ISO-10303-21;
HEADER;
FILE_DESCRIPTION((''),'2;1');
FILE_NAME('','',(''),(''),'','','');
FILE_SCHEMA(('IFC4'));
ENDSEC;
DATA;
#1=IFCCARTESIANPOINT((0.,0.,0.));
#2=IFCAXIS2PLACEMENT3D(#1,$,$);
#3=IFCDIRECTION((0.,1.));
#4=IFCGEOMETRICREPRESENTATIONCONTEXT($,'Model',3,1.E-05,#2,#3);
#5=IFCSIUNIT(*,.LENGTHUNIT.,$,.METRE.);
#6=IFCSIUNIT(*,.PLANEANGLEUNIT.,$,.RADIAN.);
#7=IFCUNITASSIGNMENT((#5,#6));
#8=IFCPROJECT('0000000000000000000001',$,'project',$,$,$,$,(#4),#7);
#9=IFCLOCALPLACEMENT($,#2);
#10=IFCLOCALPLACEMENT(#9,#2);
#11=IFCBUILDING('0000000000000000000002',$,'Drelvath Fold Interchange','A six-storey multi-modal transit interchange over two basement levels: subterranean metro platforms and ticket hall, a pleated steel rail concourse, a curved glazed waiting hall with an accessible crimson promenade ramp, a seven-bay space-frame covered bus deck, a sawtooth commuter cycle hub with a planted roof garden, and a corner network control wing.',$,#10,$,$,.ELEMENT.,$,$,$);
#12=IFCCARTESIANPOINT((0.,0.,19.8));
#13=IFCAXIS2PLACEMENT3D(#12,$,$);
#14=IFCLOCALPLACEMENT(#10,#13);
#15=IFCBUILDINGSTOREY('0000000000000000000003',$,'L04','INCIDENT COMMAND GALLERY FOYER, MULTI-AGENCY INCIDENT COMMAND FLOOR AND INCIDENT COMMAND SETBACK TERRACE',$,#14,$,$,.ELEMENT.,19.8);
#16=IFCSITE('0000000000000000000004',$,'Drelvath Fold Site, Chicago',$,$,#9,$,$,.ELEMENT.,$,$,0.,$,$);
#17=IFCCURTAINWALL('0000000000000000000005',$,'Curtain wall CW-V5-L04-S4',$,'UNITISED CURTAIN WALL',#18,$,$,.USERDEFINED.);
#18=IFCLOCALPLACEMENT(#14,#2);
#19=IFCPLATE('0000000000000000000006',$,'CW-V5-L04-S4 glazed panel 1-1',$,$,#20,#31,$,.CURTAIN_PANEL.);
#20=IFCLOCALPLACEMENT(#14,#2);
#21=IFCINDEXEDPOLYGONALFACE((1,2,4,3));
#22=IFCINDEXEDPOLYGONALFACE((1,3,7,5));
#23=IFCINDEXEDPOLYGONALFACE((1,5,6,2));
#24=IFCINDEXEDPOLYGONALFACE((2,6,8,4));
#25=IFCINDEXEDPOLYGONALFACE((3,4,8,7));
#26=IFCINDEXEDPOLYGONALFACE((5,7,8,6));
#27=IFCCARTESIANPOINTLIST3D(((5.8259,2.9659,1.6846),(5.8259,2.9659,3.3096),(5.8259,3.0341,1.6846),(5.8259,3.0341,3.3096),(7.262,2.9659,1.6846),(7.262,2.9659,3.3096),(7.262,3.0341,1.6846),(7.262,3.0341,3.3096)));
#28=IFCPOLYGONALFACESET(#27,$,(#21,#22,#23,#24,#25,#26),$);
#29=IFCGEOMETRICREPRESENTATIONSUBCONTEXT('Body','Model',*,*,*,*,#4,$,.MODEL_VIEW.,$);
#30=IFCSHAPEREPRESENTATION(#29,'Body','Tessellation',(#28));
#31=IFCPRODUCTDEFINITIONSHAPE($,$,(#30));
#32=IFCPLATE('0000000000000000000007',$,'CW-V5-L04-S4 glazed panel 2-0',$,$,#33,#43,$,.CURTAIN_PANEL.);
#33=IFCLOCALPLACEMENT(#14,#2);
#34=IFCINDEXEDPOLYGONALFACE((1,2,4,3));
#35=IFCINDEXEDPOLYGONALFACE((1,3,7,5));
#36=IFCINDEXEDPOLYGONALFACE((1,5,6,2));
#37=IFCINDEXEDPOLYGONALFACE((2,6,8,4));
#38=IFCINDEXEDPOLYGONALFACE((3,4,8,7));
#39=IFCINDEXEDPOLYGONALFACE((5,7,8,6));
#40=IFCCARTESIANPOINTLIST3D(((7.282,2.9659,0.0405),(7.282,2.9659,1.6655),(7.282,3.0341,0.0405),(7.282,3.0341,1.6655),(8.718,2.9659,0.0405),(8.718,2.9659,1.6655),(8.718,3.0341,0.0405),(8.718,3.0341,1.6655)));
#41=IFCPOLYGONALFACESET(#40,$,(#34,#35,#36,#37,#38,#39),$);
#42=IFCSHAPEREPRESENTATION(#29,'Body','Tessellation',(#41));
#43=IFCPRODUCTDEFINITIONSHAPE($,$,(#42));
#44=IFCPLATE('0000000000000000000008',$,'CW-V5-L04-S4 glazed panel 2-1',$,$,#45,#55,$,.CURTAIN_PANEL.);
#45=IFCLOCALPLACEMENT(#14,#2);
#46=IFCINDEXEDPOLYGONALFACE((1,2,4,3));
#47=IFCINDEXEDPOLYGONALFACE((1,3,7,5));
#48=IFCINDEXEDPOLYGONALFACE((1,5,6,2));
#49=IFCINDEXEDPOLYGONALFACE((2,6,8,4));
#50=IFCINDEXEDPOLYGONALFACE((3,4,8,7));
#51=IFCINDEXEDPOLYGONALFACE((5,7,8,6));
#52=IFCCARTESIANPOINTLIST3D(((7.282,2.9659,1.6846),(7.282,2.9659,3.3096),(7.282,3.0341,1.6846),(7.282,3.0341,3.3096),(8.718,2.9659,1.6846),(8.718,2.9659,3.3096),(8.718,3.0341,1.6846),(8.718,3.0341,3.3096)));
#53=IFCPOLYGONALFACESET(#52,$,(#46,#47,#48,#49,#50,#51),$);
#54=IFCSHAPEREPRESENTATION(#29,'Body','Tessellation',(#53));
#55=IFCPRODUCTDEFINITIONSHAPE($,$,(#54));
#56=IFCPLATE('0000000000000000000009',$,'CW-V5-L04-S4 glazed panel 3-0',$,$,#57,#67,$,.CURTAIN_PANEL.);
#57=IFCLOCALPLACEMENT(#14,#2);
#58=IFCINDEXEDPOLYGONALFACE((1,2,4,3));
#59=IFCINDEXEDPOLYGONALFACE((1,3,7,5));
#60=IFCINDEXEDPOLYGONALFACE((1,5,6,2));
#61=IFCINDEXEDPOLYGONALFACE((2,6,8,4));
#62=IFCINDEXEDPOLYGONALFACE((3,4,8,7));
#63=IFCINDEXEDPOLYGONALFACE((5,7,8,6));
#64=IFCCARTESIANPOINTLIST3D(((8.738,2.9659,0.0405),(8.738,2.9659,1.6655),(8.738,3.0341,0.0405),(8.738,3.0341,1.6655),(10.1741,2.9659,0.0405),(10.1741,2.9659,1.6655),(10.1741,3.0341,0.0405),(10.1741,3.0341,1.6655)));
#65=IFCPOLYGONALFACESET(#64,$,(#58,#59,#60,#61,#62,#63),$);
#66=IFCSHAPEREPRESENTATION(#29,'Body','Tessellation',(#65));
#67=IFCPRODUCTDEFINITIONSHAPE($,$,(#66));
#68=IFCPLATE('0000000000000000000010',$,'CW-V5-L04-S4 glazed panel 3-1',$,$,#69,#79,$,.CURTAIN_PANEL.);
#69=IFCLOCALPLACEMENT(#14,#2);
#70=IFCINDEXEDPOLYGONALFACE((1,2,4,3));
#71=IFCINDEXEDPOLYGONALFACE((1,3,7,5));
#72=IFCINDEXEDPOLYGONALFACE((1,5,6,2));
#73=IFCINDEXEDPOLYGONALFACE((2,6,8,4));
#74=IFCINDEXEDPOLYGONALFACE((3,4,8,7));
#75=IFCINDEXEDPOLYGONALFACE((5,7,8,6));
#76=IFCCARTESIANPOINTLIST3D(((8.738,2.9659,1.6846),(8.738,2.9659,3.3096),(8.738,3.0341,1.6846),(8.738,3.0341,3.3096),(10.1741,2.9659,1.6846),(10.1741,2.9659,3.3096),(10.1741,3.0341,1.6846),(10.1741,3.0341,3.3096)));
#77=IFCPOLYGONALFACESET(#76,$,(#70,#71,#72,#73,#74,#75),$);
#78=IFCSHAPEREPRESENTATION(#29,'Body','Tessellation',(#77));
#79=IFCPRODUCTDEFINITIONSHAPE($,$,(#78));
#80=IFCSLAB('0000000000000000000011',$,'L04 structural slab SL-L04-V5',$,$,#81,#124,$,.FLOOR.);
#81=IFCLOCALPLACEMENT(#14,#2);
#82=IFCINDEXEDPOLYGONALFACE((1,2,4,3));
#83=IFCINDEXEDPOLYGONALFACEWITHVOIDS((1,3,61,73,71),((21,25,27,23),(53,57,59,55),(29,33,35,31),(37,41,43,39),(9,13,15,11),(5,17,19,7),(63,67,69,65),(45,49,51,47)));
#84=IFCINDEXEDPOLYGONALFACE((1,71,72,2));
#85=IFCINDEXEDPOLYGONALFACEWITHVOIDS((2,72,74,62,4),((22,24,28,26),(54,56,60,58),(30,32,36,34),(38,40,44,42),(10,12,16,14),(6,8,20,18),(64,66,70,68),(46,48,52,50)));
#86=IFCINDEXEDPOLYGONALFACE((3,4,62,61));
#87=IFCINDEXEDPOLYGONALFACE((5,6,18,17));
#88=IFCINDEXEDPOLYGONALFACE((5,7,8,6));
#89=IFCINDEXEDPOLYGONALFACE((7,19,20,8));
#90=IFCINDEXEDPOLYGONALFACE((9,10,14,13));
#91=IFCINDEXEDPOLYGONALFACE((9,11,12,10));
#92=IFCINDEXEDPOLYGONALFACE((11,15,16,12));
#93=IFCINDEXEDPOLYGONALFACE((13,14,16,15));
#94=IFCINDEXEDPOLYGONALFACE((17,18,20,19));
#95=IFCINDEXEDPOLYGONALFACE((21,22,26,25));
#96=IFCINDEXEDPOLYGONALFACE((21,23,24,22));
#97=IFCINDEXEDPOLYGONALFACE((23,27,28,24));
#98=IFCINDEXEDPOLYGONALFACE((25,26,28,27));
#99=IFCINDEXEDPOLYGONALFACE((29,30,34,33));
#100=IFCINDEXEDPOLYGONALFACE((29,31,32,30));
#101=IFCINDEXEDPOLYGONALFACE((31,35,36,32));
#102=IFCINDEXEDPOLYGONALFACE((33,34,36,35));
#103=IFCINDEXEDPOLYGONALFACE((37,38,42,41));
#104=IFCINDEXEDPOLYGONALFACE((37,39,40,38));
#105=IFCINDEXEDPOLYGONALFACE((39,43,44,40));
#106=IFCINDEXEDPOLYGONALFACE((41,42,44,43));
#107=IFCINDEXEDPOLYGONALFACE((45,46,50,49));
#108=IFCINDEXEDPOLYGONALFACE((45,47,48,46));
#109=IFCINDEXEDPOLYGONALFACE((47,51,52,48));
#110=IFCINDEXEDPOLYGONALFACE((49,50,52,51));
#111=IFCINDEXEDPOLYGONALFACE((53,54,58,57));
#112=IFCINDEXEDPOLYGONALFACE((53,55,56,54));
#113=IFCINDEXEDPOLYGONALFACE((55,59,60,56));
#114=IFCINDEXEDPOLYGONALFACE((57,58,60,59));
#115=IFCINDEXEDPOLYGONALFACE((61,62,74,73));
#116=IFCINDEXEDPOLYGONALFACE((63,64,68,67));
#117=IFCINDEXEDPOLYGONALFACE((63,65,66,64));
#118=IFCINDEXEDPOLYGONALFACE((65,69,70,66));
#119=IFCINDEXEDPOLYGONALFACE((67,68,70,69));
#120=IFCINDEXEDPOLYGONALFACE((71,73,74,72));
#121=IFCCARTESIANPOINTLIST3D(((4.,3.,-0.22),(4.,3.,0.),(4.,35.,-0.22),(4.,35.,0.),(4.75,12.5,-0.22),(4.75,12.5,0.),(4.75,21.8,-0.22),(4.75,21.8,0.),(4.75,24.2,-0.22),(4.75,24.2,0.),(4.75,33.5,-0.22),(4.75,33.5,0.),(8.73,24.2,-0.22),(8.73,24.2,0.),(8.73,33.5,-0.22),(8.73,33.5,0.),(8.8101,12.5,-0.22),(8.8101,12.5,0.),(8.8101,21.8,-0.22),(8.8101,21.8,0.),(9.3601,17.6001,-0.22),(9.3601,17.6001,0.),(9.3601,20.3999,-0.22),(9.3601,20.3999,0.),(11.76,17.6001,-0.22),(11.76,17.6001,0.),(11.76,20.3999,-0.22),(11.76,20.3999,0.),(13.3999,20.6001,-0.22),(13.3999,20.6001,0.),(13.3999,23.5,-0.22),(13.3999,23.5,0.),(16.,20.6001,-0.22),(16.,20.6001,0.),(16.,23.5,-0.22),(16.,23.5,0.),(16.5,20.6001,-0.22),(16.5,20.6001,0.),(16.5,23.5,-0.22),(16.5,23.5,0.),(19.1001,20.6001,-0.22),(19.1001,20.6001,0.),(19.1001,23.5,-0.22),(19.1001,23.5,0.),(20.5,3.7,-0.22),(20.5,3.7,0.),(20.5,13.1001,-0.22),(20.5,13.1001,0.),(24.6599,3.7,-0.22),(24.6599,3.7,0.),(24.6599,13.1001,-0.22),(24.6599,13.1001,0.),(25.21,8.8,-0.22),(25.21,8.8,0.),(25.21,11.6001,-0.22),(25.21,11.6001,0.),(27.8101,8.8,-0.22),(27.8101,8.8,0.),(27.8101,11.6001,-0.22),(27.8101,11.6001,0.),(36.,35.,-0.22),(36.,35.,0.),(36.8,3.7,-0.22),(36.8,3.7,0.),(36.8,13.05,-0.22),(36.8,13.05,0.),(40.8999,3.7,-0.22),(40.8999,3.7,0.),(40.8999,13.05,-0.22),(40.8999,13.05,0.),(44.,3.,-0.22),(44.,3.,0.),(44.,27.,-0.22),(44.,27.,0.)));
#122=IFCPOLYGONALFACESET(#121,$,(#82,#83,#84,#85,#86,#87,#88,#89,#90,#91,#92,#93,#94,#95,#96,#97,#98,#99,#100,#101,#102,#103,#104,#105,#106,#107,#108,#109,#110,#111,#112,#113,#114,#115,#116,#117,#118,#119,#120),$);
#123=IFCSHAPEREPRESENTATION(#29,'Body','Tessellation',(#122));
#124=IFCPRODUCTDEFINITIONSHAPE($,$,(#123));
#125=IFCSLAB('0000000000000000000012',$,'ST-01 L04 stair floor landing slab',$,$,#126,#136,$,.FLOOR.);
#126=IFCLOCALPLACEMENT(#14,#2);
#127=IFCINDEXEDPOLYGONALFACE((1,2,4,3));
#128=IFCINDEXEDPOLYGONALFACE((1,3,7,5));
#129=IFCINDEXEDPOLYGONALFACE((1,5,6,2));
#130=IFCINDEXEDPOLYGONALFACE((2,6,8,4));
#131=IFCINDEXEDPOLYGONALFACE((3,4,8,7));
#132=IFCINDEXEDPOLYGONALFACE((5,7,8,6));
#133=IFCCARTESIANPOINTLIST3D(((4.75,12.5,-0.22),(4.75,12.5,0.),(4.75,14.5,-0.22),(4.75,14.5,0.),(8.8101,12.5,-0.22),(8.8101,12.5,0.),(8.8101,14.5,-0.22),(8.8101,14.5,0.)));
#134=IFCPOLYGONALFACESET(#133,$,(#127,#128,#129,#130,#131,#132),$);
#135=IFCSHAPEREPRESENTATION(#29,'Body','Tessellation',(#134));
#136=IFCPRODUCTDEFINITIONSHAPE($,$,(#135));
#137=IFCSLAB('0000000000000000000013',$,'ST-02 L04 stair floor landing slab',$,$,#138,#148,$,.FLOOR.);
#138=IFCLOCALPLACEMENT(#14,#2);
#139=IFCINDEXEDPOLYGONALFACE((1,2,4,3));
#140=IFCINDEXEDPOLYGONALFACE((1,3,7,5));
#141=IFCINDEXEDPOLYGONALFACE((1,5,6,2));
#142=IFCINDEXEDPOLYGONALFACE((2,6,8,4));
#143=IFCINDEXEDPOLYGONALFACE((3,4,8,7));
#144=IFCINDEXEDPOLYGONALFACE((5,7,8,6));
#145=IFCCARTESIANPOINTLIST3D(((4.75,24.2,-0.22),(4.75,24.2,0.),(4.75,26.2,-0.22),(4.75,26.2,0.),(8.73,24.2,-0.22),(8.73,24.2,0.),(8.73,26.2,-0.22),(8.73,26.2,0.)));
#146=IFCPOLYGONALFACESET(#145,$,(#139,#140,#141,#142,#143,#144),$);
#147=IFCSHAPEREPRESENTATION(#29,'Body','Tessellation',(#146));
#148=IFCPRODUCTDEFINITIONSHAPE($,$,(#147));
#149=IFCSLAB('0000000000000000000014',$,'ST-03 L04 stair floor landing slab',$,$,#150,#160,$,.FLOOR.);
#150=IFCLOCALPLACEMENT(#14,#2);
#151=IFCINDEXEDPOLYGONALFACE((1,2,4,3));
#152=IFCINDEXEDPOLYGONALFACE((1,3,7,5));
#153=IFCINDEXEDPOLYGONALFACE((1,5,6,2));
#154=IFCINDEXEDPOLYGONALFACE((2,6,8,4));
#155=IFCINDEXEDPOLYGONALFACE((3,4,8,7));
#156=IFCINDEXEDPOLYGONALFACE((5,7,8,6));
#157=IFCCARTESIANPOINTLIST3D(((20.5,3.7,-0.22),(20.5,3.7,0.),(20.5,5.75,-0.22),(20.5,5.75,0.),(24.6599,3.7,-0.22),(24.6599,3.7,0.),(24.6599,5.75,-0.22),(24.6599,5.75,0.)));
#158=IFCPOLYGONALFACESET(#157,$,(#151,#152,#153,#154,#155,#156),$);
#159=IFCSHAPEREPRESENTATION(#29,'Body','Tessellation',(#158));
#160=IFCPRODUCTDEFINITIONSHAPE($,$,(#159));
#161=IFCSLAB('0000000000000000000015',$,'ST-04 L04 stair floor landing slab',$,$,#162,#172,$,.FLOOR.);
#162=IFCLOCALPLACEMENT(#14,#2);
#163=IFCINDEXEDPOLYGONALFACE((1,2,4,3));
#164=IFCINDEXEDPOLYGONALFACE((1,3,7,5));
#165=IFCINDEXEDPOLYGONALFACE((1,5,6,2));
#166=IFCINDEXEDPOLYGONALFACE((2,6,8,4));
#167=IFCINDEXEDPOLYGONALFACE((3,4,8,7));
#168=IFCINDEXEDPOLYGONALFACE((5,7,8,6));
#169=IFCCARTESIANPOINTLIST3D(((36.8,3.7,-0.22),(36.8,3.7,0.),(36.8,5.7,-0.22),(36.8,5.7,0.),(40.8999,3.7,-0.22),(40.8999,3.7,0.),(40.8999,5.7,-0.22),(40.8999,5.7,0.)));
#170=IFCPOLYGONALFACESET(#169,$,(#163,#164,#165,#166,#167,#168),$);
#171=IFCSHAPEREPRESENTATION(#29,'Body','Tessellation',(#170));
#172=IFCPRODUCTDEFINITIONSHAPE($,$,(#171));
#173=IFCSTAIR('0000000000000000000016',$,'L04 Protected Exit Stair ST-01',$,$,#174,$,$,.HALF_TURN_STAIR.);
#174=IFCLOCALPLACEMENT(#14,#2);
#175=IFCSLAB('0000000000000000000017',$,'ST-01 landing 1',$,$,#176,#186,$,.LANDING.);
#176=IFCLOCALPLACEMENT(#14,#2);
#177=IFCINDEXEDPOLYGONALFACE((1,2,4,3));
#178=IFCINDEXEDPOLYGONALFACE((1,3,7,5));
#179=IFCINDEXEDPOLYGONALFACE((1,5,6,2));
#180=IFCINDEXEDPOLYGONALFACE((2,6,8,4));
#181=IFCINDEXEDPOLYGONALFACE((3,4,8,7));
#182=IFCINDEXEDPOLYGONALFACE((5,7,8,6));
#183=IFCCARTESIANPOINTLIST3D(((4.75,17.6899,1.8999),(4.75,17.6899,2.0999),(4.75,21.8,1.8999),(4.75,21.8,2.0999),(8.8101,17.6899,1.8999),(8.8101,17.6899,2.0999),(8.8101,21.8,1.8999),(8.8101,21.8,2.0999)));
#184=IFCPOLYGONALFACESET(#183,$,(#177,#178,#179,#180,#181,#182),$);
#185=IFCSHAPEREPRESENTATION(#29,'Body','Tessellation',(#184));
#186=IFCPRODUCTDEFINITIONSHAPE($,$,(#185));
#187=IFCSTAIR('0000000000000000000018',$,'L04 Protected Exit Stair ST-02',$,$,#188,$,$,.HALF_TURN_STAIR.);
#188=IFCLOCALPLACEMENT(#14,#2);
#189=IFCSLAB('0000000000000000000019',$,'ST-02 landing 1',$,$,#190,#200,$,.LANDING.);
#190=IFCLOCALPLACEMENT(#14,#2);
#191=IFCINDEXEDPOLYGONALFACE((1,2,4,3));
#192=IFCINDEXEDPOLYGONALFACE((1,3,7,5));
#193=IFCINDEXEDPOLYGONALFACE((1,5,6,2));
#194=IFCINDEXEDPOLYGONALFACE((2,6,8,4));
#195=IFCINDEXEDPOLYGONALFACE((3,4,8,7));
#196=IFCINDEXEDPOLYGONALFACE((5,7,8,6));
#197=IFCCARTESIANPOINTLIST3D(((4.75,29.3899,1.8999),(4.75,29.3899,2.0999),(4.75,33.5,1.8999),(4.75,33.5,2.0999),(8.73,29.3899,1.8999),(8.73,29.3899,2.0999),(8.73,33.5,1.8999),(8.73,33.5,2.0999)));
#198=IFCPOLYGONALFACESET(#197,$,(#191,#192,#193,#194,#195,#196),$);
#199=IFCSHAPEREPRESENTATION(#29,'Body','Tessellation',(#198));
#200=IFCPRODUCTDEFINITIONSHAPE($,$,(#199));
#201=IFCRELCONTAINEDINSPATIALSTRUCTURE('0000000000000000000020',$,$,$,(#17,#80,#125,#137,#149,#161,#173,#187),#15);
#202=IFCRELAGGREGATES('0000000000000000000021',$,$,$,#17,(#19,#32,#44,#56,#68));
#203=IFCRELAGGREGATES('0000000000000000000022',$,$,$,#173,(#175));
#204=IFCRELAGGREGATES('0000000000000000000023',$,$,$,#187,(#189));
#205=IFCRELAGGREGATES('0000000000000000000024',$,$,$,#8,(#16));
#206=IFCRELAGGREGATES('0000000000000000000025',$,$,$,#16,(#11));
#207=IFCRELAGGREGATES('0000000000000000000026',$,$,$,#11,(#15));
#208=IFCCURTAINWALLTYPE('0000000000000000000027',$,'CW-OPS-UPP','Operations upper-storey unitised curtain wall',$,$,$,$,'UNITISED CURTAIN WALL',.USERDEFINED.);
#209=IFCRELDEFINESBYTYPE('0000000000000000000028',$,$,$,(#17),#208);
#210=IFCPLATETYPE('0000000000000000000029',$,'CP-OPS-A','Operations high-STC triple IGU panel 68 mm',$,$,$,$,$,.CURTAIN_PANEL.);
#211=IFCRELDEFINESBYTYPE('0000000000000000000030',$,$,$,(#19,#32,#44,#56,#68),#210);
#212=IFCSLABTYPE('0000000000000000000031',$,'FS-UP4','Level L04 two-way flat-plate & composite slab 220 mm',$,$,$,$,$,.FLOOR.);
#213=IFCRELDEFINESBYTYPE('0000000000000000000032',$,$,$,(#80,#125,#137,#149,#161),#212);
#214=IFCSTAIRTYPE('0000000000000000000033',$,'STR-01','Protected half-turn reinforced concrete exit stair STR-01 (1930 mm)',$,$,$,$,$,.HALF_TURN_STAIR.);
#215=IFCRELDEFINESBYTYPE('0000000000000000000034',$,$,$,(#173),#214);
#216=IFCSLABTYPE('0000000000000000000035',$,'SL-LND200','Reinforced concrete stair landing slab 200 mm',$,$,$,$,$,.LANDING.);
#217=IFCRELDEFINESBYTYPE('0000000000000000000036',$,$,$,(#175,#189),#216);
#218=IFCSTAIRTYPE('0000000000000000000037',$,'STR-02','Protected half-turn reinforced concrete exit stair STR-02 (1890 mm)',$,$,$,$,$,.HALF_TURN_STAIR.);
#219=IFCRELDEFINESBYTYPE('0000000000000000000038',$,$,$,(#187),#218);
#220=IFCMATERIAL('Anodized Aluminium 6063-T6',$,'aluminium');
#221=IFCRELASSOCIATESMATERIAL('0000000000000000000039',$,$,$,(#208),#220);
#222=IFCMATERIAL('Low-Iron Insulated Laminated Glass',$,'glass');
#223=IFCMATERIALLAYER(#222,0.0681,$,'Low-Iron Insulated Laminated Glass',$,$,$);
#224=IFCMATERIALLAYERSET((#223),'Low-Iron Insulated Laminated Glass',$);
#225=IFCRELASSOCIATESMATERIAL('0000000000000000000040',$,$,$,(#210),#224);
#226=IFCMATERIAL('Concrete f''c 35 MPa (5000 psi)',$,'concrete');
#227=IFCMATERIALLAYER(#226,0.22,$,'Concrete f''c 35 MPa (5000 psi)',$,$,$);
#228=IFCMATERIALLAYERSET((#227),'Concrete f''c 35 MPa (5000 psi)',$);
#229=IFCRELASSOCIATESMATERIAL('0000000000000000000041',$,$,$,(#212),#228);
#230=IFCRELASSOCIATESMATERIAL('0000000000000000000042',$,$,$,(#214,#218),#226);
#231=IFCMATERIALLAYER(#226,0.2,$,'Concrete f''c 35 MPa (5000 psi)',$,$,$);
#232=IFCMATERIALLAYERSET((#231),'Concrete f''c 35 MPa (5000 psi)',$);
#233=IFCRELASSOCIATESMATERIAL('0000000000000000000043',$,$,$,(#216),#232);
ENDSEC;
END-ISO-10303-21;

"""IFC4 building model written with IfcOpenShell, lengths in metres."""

from ifc_helpers import new_model, si_unit, direction, frame, origin, origin_2d, place, context, subcontext, project, spatial, polyline, rectangle, outline, extrude, material, layer, layer_set, type_object, element, aggregate, save


model = new_model("IFC4")

# Units and contexts
model_context = context("Model", 3, precision=1e-05, world=origin(), true_north=direction((0.0, 1.0)))
body_context = subcontext(model_context, "Body", "Model", "MODEL_VIEW")
ifc_project = project(units=[si_unit("LENGTHUNIT", "METRE"), si_unit("PLANEANGLEUNIT", "RADIAN")], contexts=[model_context])

# Site, building, storey
site_placement = place(None, origin())
site = spatial("IfcSite", under=ifc_project, at=site_placement, Name="Drelvath Fold Site, Chicago", CompositionType="ELEMENT", RefElevation=0.0)
building_placement = place(site_placement, origin())
building = spatial("IfcBuilding", under=site, at=building_placement, Name="Drelvath Fold Interchange", Description="A six-storey multi-modal transit interchange over two basement levels: subterranean metro platforms and ticket hall, a pleated steel rail concourse, a curved glazed waiting hall with an accessible crimson promenade ramp, a seven-bay space-frame covered bus deck, a sawtooth commuter cycle hub with a planted roof garden, and a corner network control wing.", CompositionType="ELEMENT")
storey_placement = place(building_placement, frame((0.0, 0.0, 19.8)))
storey = spatial("IfcBuildingStorey", under=building, at=storey_placement, Name="L04", Description="INCIDENT COMMAND GALLERY FOYER, MULTI-AGENCY INCIDENT COMMAND FLOOR AND INCIDENT COMMAND SETBACK TERRACE", CompositionType="ELEMENT", Elevation=19.8)

# Curtain wall, plates
ifc_material_1 = material(Name="Anodized Aluminium 6063-T6", Category="aluminium")
curtain_wall_type = type_object("IfcCurtainWallType", Name="CW-OPS-UPP", Description="Operations upper-storey unitised curtain wall", ElementType="UNITISED CURTAIN WALL", PredefinedType="USERDEFINED", material=ifc_material_1)
curtain_wall_placement = place(storey_placement, origin())
curtain_wall = element("IfcCurtainWall", 1, at=curtain_wall_placement, inside=storey, type_object=curtain_wall_type, Name="Curtain wall CW-V5-L04-S4", ObjectType="UNITISED CURTAIN WALL", PredefinedType="USERDEFINED")
ifc_material_2 = material(Name="Low-Iron Insulated Laminated Glass", Category="glass")
ifc_layer_1 = layer(ifc_material_2, 0.0681, Name="Low-Iron Insulated Laminated Glass")
ifc_layer_set_1 = layer_set([ifc_layer_1], Name="Low-Iron Insulated Laminated Glass")
plate_type = type_object("IfcPlateType", Name="CP-OPS-A", Description="Operations high-STC triple IGU panel 68 mm", PredefinedType="CURTAIN_PANEL", material=ifc_layer_set_1)
plate_1_placement = place(storey_placement, frame((6.5439, 3.0, 1.6846), z_axis=(0.0, 0.0, 1.0), x_axis=(1.0, 0.0, 0.0)))
plate_1 = element("IfcPlate", 2, at=plate_1_placement, type_object=plate_type, Name="CW-V5-L04-S4 glazed panel 1-1", PredefinedType="CURTAIN_PANEL", context=body_context, shape_type="SweptSolid", body=[
    extrude(rectangle(XDim=1.436, YDim=0.0681, at=origin_2d()), origin(), (0.0, 0.0, 1.0), 1.625),
])
plate_2_placement = place(storey_placement, frame((8.0, 3.0, 0.0405), z_axis=(0.0, 0.0, 1.0), x_axis=(1.0, 0.0, 0.0)))
plate_2 = element("IfcPlate", 3, at=plate_2_placement, type_object=plate_type, Name="CW-V5-L04-S4 glazed panel 2-0", PredefinedType="CURTAIN_PANEL", context=body_context, shape_type="SweptSolid", body=[
    extrude(rectangle(XDim=1.436, YDim=0.0681, at=origin_2d()), origin(), (0.0, 0.0, 1.0), 1.625),
])
plate_3_placement = place(storey_placement, frame((8.0, 3.0, 1.6846), z_axis=(0.0, 0.0, 1.0), x_axis=(1.0, 0.0, 0.0)))
plate_3 = element("IfcPlate", 4, at=plate_3_placement, type_object=plate_type, Name="CW-V5-L04-S4 glazed panel 2-1", PredefinedType="CURTAIN_PANEL", context=body_context, shape_type="SweptSolid", body=[
    extrude(rectangle(XDim=1.436, YDim=0.0681, at=origin_2d()), origin(), (0.0, 0.0, 1.0), 1.625),
])
plate_4_placement = place(storey_placement, frame((9.4561, 3.0, 0.0405), z_axis=(0.0, 0.0, 1.0), x_axis=(1.0, 0.0, 0.0)))
plate_4 = element("IfcPlate", 5, at=plate_4_placement, type_object=plate_type, Name="CW-V5-L04-S4 glazed panel 3-0", PredefinedType="CURTAIN_PANEL", context=body_context, shape_type="SweptSolid", body=[
    extrude(rectangle(XDim=1.436, YDim=0.0681, at=origin_2d()), origin(), (0.0, 0.0, 1.0), 1.625),
])
plate_5_placement = place(storey_placement, frame((9.4561, 3.0, 1.6846), z_axis=(0.0, 0.0, 1.0), x_axis=(1.0, 0.0, 0.0)))
plate_5 = element("IfcPlate", 6, at=plate_5_placement, type_object=plate_type, Name="CW-V5-L04-S4 glazed panel 3-1", PredefinedType="CURTAIN_PANEL", context=body_context, shape_type="SweptSolid", body=[
    extrude(rectangle(XDim=1.436, YDim=0.0681, at=origin_2d()), origin(), (0.0, 0.0, 1.0), 1.625),
])
aggregate(curtain_wall, [plate_1, plate_2, plate_3, plate_4, plate_5])

# Slabs
ifc_material_3 = material(Name="Concrete f'c 35 MPa (5000 psi)", Category="concrete")
ifc_layer_2 = layer(ifc_material_3, 0.22, Name="Concrete f'c 35 MPa (5000 psi)")
ifc_layer_set_2 = layer_set([ifc_layer_2], Name="Concrete f'c 35 MPa (5000 psi)")
slab_type_1 = type_object("IfcSlabType", Name="FS-UP4", Description="Level L04 two-way flat-plate & composite slab 220 mm", PredefinedType="FLOOR", material=ifc_layer_set_2)
slab_1_placement = place(storey_placement, frame((0.0, 0.0, -0.22)))
element("IfcSlab", 7, at=slab_1_placement, inside=storey, type_object=slab_type_1, Name="L04 structural slab SL-L04-V5", PredefinedType="FLOOR", context=body_context, shape_type="SweptSolid", body=[
    extrude(outline(polyline([(4.0, 3.0), (44.0, 3.0), (44.0, 27.0), (36.0, 35.0), (4.0, 35.0), (4.0, 3.0)]), holes=[polyline([(4.75, 12.5), (4.75, 21.8), (8.8101, 21.8), (8.8101, 12.5), (4.75, 12.5)]), polyline([(4.75, 24.2), (4.75, 33.5), (8.73, 33.5), (8.73, 24.2), (4.75, 24.2)]), polyline([(20.5, 3.7), (20.5, 13.1001), (24.6599, 13.1001), (24.6599, 3.7), (20.5, 3.7)]), polyline([(36.8, 3.7), (36.8, 13.05), (40.8999, 13.05), (40.8999, 3.7), (36.8, 3.7)]), polyline([(9.3601, 17.6001), (9.3601, 20.3999), (11.76, 20.3999), (11.76, 17.6001), (9.3601, 17.6001)]), polyline([(25.21, 8.8), (25.21, 11.6001), (27.8101, 11.6001), (27.8101, 8.8), (25.21, 8.8)]), polyline([(13.3999, 20.6001), (13.3999, 23.5), (16.0, 23.5), (16.0, 20.6001), (13.3999, 20.6001)]), polyline([(16.5, 20.6001), (16.5, 23.5), (19.1001, 23.5), (19.1001, 20.6001), (16.5, 20.6001)])]), origin(), (0.0, 0.0, 1.0), 0.22),
])
slab_2_placement = place(storey_placement, frame((0.0, 0.0, -0.22)))
element("IfcSlab", 8, at=slab_2_placement, inside=storey, type_object=slab_type_1, Name="ST-01 L04 stair floor landing slab", PredefinedType="FLOOR", context=body_context, shape_type="SweptSolid", body=[
    extrude(outline(polyline([(4.75, 12.5), (8.8101, 12.5), (8.8101, 14.5), (4.75, 14.5), (4.75, 12.5)])), origin(), (0.0, 0.0, 1.0), 0.22),
])
slab_3_placement = place(storey_placement, frame((0.0, 0.0, -0.22)))
element("IfcSlab", 9, at=slab_3_placement, inside=storey, type_object=slab_type_1, Name="ST-02 L04 stair floor landing slab", PredefinedType="FLOOR", context=body_context, shape_type="SweptSolid", body=[
    extrude(outline(polyline([(4.75, 24.2), (8.73, 24.2), (8.73, 26.2), (4.75, 26.2), (4.75, 24.2)])), origin(), (0.0, 0.0, 1.0), 0.22),
])
slab_4_placement = place(storey_placement, frame((0.0, 0.0, -0.22)))
element("IfcSlab", 10, at=slab_4_placement, inside=storey, type_object=slab_type_1, Name="ST-03 L04 stair floor landing slab", PredefinedType="FLOOR", context=body_context, shape_type="SweptSolid", body=[
    extrude(outline(polyline([(20.5, 3.7), (24.6599, 3.7), (24.6599, 5.75), (20.5, 5.75), (20.5, 3.7)])), origin(), (0.0, 0.0, 1.0), 0.22),
])
slab_5_placement = place(storey_placement, frame((0.0, 0.0, -0.22)))
element("IfcSlab", 11, at=slab_5_placement, inside=storey, type_object=slab_type_1, Name="ST-04 L04 stair floor landing slab", PredefinedType="FLOOR", context=body_context, shape_type="SweptSolid", body=[
    extrude(outline(polyline([(36.8, 3.7), (40.8999, 3.7), (40.8999, 5.7), (36.8, 5.7), (36.8, 3.7)])), origin(), (0.0, 0.0, 1.0), 0.22),
])

# Stairs, slabs
stair_type_1 = type_object("IfcStairType", Name="STR-01", Description="Protected half-turn reinforced concrete exit stair STR-01 (1930 mm)", PredefinedType="HALF_TURN_STAIR", material=ifc_material_3)
stair_1_placement = place(storey_placement, origin())
stair_1 = element("IfcStair", 12, at=stair_1_placement, inside=storey, type_object=stair_type_1, Name="L04 Protected Exit Stair ST-01", PredefinedType="HALF_TURN_STAIR")
ifc_layer_3 = layer(ifc_material_3, 0.2, Name="Concrete f'c 35 MPa (5000 psi)")
ifc_layer_set_3 = layer_set([ifc_layer_3], Name="Concrete f'c 35 MPa (5000 psi)")
slab_type_2 = type_object("IfcSlabType", Name="SL-LND200", Description="Reinforced concrete stair landing slab 200 mm", PredefinedType="LANDING", material=ifc_layer_set_3)
slab_6_placement = place(storey_placement, frame((0.0, 0.0, 1.8999)))
slab_6 = element("IfcSlab", 13, at=slab_6_placement, type_object=slab_type_2, Name="ST-01 landing 1", PredefinedType="LANDING", context=body_context, shape_type="SweptSolid", body=[
    extrude(outline(polyline([(8.8101, 17.6899), (8.8101, 21.8), (4.75, 21.8), (4.75, 17.6899), (8.8101, 17.6899)])), origin(), (0.0, 0.0, 1.0), 0.2),
])
aggregate(stair_1, [slab_6])
stair_type_2 = type_object("IfcStairType", Name="STR-02", Description="Protected half-turn reinforced concrete exit stair STR-02 (1890 mm)", PredefinedType="HALF_TURN_STAIR", material=ifc_material_3)
stair_2_placement = place(storey_placement, origin())
stair_2 = element("IfcStair", 14, at=stair_2_placement, inside=storey, type_object=stair_type_2, Name="L04 Protected Exit Stair ST-02", PredefinedType="HALF_TURN_STAIR")
slab_7_placement = place(storey_placement, frame((0.0, 0.0, 1.8999)))
slab_7 = element("IfcSlab", 15, at=slab_7_placement, type_object=slab_type_2, Name="ST-02 landing 1", PredefinedType="LANDING", context=body_context, shape_type="SweptSolid", body=[
    extrude(outline(polyline([(8.73, 29.3899), (8.73, 33.5), (4.75, 33.5), (4.75, 29.3899), (8.73, 29.3899)])), origin(), (0.0, 0.0, 1.0), 0.2),
])
aggregate(stair_2, [slab_7])

save(model, "model.ifc")
